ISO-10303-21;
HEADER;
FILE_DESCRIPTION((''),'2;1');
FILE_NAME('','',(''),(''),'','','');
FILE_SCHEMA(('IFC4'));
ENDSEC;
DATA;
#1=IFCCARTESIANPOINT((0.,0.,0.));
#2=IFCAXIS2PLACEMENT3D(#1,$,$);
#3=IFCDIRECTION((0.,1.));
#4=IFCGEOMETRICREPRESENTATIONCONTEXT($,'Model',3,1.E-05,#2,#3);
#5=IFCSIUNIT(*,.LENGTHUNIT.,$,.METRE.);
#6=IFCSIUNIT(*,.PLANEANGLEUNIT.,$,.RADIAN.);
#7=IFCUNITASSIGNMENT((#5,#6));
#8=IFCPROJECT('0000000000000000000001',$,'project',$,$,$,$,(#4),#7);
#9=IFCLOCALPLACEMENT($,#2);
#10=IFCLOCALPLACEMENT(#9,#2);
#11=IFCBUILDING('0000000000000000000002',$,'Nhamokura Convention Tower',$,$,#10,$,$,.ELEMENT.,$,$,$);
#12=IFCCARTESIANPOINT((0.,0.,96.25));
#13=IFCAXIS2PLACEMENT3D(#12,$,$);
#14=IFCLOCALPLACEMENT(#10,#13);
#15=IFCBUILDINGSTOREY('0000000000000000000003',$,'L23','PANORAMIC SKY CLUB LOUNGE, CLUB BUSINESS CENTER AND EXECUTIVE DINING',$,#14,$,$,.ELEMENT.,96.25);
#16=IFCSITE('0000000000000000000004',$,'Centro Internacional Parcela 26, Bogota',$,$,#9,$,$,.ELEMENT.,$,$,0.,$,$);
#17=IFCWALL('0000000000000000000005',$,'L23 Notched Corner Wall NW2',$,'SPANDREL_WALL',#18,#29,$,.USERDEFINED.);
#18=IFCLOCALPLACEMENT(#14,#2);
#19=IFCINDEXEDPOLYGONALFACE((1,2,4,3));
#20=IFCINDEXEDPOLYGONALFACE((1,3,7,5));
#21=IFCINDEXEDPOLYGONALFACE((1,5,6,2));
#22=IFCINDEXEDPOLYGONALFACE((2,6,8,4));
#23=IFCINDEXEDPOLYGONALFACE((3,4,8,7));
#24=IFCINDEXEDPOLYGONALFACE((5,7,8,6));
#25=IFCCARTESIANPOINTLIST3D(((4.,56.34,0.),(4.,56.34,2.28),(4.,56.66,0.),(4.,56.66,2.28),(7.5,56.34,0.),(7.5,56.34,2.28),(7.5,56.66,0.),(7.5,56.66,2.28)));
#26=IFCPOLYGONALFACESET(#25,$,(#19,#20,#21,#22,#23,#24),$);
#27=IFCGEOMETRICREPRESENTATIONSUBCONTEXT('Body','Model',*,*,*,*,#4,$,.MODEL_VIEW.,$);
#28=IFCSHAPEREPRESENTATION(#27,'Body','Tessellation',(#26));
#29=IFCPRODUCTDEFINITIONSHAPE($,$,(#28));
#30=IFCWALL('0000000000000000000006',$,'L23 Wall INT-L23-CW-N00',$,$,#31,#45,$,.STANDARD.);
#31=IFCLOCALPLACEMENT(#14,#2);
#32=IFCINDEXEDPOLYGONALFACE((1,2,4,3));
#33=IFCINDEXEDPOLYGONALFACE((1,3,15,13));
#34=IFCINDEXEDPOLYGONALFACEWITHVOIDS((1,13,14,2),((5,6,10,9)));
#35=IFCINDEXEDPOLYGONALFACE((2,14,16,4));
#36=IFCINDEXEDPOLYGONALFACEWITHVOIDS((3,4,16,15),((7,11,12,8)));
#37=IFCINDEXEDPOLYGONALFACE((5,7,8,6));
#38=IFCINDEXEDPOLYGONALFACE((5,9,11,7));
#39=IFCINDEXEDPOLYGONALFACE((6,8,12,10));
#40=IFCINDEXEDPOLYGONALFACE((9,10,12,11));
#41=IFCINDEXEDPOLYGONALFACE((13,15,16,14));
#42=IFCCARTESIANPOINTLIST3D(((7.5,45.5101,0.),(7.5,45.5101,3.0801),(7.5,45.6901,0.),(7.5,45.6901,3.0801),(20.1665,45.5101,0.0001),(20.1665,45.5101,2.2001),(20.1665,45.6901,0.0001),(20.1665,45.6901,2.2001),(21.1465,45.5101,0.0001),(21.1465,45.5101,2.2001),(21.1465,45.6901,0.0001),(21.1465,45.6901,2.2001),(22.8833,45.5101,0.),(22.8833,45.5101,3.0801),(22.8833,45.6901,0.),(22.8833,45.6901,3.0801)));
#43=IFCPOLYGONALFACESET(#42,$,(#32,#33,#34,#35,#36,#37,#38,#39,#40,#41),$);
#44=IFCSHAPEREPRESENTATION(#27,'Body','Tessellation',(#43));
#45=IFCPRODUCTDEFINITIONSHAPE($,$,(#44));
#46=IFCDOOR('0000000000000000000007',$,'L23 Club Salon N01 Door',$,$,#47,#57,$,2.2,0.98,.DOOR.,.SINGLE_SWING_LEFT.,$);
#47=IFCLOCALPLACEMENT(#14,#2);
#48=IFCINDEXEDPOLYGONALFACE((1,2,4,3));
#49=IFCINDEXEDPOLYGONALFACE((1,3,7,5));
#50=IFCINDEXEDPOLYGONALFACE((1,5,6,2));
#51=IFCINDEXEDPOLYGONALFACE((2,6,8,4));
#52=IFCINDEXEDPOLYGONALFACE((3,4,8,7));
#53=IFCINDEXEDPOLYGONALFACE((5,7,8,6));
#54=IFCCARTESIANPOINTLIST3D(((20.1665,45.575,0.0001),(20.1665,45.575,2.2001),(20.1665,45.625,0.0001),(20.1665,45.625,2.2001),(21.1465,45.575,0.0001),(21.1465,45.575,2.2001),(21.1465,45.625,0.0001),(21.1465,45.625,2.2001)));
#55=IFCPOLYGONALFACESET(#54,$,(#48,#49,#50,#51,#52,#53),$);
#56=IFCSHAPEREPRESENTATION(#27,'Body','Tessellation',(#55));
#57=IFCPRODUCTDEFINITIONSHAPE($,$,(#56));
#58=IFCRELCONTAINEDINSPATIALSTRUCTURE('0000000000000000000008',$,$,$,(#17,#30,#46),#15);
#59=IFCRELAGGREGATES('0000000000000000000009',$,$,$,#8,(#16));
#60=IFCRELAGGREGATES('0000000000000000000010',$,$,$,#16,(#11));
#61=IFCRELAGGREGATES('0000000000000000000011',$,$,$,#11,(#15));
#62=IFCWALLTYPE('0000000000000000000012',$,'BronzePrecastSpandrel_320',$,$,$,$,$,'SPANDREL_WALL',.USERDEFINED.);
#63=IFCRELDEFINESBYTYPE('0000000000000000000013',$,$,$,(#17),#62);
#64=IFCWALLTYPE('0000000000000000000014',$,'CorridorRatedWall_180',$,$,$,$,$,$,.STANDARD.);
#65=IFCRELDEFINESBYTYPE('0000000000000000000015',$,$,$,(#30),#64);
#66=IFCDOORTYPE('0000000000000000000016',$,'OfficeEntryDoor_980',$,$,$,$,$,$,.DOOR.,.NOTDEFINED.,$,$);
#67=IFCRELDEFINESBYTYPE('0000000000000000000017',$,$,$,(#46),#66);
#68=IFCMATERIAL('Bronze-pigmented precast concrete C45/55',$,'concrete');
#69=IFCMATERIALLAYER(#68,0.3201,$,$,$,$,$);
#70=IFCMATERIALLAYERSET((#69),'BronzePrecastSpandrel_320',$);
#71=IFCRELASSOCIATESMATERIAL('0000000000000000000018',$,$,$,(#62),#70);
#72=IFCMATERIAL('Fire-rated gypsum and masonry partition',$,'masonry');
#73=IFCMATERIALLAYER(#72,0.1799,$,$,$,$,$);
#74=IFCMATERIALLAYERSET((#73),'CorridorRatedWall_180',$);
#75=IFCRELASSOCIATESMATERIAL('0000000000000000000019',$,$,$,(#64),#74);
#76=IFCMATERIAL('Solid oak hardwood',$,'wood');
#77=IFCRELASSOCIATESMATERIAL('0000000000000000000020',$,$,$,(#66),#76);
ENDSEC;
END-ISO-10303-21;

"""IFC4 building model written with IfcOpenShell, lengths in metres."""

from ifc_helpers import new_model, si_unit, direction, frame, frame_2d, origin, place, context, subcontext, project, spatial, rectangle, extrude, material, layer, layer_set, type_object, element, fill, save


model = new_model("IFC4")

# Units and contexts
model_context = context("Model", 3, precision=1e-05, world=origin(), true_north=direction((0.0, 1.0)))
body_context = subcontext(model_context, "Body", "Model", "MODEL_VIEW")
ifc_project = project(units=[si_unit("LENGTHUNIT", "METRE"), si_unit("PLANEANGLEUNIT", "RADIAN")], contexts=[model_context])

# Site, building, storey
site_placement = place(None, origin())
site = spatial("IfcSite", under=ifc_project, at=site_placement, Name="Centro Internacional Parcela 26, Bogota", CompositionType="ELEMENT", RefElevation=0.0)
building_placement = place(site_placement, origin())
building = spatial("IfcBuilding", under=site, at=building_placement, Name="Nhamokura Convention Tower", CompositionType="ELEMENT")
storey_placement = place(building_placement, frame((0.0, 0.0, 96.25)))
storey = spatial("IfcBuildingStorey", under=building, at=storey_placement, Name="L23", Description="PANORAMIC SKY CLUB LOUNGE, CLUB BUSINESS CENTER AND EXECUTIVE DINING", CompositionType="ELEMENT", Elevation=96.25)

# Wall
ifc_material_1 = material(Name="Bronze-pigmented precast concrete C45/55", Category="concrete")
ifc_layer_1 = layer(ifc_material_1, 0.3201)
ifc_layer_set_1 = layer_set([ifc_layer_1], Name="BronzePrecastSpandrel_320")
wall_type_1 = type_object("IfcWallType", Name="BronzePrecastSpandrel_320", ElementType="SPANDREL_WALL", PredefinedType="USERDEFINED", material=ifc_layer_set_1)
for number, where, z_axis, x_axis, name in (
    (1, (4.0, 56.5, 0.0), (0.0, 0.0, 1.0), (1.0, 0.0, 0.0), "L23 Notched Corner Wall NW2"),
):
    element("IfcWall", number, at=place(storey_placement, frame(where, z_axis=z_axis, x_axis=x_axis)), inside=storey, type_object=wall_type_1, Name=name, ObjectType="SPANDREL_WALL", PredefinedType="USERDEFINED", context=body_context, shape_type="SweptSolid", body=[
        extrude(rectangle(XDim=3.5, YDim=0.3201, at=frame_2d((1.75, 0.0))), origin(), (0.0, 0.0, 1.0), 2.28),
    ])

# Wall, opening, door
ifc_material_2 = material(Name="Fire-rated gypsum and masonry partition", Category="masonry")
ifc_layer_2 = layer(ifc_material_2, 0.1799)
ifc_layer_set_2 = layer_set([ifc_layer_2], Name="CorridorRatedWall_180")
wall_type_2 = type_object("IfcWallType", Name="CorridorRatedWall_180", PredefinedType="STANDARD", material=ifc_layer_set_2)
wall_placement = place(storey_placement, frame((7.5, 45.6001, 0.0), z_axis=(0.0, 0.0, 1.0), x_axis=(1.0, 0.0, 0.0)))
wall = element("IfcWall", 2, at=wall_placement, inside=storey, type_object=wall_type_2, Name="L23 Wall INT-L23-CW-N00", PredefinedType="STANDARD", context=body_context, shape_type="SweptSolid", body=[
    extrude(rectangle(XDim=15.3833, YDim=0.1799, at=frame_2d((7.6917, 0.0))), origin(), (0.0, 0.0, 1.0), 3.0801),
])
opening_placement = place(wall_placement, frame((12.6665, 0.0, 0.0)))
opening = element("IfcOpeningElement", 3, at=opening_placement, cuts=wall, PredefinedType="OPENING", context=body_context, shape_type="SweptSolid", body=[
    extrude(rectangle(XDim=0.98, YDim=2.2, at=frame_2d((0.49, 1.1001))), frame((0.0, 0.0999, 0.0), z_axis=(0.0, -1.0, 0.0), x_axis=(1.0, 0.0, 0.0)), (0.0, 0.0, 1.0), 0.2),
])
ifc_material_3 = material(Name="Solid oak hardwood", Category="wood")
door_type = type_object("IfcDoorType", Name="OfficeEntryDoor_980", OperationType="NOTDEFINED", PredefinedType="DOOR", material=ifc_material_3)
door_placement = place(opening_placement, origin())
door = element("IfcDoor", 4, at=door_placement, inside=storey, type_object=door_type, Name="L23 Club Salon N01 Door", OperationType="SINGLE_SWING_LEFT", OverallHeight=2.2, OverallWidth=0.98, PredefinedType="DOOR", context=body_context, shape_type="SweptSolid", body=[
    extrude(rectangle(XDim=0.98, YDim=2.2, at=frame_2d((0.49, 1.1001))), frame((0.0, 0.0249, 0.0), z_axis=(0.0, -1.0, 0.0), x_axis=(1.0, 0.0, 0.0)), (0.0, 0.0, 1.0), 0.05),
])
fill(opening, door)

save(model, "model.ifc")
